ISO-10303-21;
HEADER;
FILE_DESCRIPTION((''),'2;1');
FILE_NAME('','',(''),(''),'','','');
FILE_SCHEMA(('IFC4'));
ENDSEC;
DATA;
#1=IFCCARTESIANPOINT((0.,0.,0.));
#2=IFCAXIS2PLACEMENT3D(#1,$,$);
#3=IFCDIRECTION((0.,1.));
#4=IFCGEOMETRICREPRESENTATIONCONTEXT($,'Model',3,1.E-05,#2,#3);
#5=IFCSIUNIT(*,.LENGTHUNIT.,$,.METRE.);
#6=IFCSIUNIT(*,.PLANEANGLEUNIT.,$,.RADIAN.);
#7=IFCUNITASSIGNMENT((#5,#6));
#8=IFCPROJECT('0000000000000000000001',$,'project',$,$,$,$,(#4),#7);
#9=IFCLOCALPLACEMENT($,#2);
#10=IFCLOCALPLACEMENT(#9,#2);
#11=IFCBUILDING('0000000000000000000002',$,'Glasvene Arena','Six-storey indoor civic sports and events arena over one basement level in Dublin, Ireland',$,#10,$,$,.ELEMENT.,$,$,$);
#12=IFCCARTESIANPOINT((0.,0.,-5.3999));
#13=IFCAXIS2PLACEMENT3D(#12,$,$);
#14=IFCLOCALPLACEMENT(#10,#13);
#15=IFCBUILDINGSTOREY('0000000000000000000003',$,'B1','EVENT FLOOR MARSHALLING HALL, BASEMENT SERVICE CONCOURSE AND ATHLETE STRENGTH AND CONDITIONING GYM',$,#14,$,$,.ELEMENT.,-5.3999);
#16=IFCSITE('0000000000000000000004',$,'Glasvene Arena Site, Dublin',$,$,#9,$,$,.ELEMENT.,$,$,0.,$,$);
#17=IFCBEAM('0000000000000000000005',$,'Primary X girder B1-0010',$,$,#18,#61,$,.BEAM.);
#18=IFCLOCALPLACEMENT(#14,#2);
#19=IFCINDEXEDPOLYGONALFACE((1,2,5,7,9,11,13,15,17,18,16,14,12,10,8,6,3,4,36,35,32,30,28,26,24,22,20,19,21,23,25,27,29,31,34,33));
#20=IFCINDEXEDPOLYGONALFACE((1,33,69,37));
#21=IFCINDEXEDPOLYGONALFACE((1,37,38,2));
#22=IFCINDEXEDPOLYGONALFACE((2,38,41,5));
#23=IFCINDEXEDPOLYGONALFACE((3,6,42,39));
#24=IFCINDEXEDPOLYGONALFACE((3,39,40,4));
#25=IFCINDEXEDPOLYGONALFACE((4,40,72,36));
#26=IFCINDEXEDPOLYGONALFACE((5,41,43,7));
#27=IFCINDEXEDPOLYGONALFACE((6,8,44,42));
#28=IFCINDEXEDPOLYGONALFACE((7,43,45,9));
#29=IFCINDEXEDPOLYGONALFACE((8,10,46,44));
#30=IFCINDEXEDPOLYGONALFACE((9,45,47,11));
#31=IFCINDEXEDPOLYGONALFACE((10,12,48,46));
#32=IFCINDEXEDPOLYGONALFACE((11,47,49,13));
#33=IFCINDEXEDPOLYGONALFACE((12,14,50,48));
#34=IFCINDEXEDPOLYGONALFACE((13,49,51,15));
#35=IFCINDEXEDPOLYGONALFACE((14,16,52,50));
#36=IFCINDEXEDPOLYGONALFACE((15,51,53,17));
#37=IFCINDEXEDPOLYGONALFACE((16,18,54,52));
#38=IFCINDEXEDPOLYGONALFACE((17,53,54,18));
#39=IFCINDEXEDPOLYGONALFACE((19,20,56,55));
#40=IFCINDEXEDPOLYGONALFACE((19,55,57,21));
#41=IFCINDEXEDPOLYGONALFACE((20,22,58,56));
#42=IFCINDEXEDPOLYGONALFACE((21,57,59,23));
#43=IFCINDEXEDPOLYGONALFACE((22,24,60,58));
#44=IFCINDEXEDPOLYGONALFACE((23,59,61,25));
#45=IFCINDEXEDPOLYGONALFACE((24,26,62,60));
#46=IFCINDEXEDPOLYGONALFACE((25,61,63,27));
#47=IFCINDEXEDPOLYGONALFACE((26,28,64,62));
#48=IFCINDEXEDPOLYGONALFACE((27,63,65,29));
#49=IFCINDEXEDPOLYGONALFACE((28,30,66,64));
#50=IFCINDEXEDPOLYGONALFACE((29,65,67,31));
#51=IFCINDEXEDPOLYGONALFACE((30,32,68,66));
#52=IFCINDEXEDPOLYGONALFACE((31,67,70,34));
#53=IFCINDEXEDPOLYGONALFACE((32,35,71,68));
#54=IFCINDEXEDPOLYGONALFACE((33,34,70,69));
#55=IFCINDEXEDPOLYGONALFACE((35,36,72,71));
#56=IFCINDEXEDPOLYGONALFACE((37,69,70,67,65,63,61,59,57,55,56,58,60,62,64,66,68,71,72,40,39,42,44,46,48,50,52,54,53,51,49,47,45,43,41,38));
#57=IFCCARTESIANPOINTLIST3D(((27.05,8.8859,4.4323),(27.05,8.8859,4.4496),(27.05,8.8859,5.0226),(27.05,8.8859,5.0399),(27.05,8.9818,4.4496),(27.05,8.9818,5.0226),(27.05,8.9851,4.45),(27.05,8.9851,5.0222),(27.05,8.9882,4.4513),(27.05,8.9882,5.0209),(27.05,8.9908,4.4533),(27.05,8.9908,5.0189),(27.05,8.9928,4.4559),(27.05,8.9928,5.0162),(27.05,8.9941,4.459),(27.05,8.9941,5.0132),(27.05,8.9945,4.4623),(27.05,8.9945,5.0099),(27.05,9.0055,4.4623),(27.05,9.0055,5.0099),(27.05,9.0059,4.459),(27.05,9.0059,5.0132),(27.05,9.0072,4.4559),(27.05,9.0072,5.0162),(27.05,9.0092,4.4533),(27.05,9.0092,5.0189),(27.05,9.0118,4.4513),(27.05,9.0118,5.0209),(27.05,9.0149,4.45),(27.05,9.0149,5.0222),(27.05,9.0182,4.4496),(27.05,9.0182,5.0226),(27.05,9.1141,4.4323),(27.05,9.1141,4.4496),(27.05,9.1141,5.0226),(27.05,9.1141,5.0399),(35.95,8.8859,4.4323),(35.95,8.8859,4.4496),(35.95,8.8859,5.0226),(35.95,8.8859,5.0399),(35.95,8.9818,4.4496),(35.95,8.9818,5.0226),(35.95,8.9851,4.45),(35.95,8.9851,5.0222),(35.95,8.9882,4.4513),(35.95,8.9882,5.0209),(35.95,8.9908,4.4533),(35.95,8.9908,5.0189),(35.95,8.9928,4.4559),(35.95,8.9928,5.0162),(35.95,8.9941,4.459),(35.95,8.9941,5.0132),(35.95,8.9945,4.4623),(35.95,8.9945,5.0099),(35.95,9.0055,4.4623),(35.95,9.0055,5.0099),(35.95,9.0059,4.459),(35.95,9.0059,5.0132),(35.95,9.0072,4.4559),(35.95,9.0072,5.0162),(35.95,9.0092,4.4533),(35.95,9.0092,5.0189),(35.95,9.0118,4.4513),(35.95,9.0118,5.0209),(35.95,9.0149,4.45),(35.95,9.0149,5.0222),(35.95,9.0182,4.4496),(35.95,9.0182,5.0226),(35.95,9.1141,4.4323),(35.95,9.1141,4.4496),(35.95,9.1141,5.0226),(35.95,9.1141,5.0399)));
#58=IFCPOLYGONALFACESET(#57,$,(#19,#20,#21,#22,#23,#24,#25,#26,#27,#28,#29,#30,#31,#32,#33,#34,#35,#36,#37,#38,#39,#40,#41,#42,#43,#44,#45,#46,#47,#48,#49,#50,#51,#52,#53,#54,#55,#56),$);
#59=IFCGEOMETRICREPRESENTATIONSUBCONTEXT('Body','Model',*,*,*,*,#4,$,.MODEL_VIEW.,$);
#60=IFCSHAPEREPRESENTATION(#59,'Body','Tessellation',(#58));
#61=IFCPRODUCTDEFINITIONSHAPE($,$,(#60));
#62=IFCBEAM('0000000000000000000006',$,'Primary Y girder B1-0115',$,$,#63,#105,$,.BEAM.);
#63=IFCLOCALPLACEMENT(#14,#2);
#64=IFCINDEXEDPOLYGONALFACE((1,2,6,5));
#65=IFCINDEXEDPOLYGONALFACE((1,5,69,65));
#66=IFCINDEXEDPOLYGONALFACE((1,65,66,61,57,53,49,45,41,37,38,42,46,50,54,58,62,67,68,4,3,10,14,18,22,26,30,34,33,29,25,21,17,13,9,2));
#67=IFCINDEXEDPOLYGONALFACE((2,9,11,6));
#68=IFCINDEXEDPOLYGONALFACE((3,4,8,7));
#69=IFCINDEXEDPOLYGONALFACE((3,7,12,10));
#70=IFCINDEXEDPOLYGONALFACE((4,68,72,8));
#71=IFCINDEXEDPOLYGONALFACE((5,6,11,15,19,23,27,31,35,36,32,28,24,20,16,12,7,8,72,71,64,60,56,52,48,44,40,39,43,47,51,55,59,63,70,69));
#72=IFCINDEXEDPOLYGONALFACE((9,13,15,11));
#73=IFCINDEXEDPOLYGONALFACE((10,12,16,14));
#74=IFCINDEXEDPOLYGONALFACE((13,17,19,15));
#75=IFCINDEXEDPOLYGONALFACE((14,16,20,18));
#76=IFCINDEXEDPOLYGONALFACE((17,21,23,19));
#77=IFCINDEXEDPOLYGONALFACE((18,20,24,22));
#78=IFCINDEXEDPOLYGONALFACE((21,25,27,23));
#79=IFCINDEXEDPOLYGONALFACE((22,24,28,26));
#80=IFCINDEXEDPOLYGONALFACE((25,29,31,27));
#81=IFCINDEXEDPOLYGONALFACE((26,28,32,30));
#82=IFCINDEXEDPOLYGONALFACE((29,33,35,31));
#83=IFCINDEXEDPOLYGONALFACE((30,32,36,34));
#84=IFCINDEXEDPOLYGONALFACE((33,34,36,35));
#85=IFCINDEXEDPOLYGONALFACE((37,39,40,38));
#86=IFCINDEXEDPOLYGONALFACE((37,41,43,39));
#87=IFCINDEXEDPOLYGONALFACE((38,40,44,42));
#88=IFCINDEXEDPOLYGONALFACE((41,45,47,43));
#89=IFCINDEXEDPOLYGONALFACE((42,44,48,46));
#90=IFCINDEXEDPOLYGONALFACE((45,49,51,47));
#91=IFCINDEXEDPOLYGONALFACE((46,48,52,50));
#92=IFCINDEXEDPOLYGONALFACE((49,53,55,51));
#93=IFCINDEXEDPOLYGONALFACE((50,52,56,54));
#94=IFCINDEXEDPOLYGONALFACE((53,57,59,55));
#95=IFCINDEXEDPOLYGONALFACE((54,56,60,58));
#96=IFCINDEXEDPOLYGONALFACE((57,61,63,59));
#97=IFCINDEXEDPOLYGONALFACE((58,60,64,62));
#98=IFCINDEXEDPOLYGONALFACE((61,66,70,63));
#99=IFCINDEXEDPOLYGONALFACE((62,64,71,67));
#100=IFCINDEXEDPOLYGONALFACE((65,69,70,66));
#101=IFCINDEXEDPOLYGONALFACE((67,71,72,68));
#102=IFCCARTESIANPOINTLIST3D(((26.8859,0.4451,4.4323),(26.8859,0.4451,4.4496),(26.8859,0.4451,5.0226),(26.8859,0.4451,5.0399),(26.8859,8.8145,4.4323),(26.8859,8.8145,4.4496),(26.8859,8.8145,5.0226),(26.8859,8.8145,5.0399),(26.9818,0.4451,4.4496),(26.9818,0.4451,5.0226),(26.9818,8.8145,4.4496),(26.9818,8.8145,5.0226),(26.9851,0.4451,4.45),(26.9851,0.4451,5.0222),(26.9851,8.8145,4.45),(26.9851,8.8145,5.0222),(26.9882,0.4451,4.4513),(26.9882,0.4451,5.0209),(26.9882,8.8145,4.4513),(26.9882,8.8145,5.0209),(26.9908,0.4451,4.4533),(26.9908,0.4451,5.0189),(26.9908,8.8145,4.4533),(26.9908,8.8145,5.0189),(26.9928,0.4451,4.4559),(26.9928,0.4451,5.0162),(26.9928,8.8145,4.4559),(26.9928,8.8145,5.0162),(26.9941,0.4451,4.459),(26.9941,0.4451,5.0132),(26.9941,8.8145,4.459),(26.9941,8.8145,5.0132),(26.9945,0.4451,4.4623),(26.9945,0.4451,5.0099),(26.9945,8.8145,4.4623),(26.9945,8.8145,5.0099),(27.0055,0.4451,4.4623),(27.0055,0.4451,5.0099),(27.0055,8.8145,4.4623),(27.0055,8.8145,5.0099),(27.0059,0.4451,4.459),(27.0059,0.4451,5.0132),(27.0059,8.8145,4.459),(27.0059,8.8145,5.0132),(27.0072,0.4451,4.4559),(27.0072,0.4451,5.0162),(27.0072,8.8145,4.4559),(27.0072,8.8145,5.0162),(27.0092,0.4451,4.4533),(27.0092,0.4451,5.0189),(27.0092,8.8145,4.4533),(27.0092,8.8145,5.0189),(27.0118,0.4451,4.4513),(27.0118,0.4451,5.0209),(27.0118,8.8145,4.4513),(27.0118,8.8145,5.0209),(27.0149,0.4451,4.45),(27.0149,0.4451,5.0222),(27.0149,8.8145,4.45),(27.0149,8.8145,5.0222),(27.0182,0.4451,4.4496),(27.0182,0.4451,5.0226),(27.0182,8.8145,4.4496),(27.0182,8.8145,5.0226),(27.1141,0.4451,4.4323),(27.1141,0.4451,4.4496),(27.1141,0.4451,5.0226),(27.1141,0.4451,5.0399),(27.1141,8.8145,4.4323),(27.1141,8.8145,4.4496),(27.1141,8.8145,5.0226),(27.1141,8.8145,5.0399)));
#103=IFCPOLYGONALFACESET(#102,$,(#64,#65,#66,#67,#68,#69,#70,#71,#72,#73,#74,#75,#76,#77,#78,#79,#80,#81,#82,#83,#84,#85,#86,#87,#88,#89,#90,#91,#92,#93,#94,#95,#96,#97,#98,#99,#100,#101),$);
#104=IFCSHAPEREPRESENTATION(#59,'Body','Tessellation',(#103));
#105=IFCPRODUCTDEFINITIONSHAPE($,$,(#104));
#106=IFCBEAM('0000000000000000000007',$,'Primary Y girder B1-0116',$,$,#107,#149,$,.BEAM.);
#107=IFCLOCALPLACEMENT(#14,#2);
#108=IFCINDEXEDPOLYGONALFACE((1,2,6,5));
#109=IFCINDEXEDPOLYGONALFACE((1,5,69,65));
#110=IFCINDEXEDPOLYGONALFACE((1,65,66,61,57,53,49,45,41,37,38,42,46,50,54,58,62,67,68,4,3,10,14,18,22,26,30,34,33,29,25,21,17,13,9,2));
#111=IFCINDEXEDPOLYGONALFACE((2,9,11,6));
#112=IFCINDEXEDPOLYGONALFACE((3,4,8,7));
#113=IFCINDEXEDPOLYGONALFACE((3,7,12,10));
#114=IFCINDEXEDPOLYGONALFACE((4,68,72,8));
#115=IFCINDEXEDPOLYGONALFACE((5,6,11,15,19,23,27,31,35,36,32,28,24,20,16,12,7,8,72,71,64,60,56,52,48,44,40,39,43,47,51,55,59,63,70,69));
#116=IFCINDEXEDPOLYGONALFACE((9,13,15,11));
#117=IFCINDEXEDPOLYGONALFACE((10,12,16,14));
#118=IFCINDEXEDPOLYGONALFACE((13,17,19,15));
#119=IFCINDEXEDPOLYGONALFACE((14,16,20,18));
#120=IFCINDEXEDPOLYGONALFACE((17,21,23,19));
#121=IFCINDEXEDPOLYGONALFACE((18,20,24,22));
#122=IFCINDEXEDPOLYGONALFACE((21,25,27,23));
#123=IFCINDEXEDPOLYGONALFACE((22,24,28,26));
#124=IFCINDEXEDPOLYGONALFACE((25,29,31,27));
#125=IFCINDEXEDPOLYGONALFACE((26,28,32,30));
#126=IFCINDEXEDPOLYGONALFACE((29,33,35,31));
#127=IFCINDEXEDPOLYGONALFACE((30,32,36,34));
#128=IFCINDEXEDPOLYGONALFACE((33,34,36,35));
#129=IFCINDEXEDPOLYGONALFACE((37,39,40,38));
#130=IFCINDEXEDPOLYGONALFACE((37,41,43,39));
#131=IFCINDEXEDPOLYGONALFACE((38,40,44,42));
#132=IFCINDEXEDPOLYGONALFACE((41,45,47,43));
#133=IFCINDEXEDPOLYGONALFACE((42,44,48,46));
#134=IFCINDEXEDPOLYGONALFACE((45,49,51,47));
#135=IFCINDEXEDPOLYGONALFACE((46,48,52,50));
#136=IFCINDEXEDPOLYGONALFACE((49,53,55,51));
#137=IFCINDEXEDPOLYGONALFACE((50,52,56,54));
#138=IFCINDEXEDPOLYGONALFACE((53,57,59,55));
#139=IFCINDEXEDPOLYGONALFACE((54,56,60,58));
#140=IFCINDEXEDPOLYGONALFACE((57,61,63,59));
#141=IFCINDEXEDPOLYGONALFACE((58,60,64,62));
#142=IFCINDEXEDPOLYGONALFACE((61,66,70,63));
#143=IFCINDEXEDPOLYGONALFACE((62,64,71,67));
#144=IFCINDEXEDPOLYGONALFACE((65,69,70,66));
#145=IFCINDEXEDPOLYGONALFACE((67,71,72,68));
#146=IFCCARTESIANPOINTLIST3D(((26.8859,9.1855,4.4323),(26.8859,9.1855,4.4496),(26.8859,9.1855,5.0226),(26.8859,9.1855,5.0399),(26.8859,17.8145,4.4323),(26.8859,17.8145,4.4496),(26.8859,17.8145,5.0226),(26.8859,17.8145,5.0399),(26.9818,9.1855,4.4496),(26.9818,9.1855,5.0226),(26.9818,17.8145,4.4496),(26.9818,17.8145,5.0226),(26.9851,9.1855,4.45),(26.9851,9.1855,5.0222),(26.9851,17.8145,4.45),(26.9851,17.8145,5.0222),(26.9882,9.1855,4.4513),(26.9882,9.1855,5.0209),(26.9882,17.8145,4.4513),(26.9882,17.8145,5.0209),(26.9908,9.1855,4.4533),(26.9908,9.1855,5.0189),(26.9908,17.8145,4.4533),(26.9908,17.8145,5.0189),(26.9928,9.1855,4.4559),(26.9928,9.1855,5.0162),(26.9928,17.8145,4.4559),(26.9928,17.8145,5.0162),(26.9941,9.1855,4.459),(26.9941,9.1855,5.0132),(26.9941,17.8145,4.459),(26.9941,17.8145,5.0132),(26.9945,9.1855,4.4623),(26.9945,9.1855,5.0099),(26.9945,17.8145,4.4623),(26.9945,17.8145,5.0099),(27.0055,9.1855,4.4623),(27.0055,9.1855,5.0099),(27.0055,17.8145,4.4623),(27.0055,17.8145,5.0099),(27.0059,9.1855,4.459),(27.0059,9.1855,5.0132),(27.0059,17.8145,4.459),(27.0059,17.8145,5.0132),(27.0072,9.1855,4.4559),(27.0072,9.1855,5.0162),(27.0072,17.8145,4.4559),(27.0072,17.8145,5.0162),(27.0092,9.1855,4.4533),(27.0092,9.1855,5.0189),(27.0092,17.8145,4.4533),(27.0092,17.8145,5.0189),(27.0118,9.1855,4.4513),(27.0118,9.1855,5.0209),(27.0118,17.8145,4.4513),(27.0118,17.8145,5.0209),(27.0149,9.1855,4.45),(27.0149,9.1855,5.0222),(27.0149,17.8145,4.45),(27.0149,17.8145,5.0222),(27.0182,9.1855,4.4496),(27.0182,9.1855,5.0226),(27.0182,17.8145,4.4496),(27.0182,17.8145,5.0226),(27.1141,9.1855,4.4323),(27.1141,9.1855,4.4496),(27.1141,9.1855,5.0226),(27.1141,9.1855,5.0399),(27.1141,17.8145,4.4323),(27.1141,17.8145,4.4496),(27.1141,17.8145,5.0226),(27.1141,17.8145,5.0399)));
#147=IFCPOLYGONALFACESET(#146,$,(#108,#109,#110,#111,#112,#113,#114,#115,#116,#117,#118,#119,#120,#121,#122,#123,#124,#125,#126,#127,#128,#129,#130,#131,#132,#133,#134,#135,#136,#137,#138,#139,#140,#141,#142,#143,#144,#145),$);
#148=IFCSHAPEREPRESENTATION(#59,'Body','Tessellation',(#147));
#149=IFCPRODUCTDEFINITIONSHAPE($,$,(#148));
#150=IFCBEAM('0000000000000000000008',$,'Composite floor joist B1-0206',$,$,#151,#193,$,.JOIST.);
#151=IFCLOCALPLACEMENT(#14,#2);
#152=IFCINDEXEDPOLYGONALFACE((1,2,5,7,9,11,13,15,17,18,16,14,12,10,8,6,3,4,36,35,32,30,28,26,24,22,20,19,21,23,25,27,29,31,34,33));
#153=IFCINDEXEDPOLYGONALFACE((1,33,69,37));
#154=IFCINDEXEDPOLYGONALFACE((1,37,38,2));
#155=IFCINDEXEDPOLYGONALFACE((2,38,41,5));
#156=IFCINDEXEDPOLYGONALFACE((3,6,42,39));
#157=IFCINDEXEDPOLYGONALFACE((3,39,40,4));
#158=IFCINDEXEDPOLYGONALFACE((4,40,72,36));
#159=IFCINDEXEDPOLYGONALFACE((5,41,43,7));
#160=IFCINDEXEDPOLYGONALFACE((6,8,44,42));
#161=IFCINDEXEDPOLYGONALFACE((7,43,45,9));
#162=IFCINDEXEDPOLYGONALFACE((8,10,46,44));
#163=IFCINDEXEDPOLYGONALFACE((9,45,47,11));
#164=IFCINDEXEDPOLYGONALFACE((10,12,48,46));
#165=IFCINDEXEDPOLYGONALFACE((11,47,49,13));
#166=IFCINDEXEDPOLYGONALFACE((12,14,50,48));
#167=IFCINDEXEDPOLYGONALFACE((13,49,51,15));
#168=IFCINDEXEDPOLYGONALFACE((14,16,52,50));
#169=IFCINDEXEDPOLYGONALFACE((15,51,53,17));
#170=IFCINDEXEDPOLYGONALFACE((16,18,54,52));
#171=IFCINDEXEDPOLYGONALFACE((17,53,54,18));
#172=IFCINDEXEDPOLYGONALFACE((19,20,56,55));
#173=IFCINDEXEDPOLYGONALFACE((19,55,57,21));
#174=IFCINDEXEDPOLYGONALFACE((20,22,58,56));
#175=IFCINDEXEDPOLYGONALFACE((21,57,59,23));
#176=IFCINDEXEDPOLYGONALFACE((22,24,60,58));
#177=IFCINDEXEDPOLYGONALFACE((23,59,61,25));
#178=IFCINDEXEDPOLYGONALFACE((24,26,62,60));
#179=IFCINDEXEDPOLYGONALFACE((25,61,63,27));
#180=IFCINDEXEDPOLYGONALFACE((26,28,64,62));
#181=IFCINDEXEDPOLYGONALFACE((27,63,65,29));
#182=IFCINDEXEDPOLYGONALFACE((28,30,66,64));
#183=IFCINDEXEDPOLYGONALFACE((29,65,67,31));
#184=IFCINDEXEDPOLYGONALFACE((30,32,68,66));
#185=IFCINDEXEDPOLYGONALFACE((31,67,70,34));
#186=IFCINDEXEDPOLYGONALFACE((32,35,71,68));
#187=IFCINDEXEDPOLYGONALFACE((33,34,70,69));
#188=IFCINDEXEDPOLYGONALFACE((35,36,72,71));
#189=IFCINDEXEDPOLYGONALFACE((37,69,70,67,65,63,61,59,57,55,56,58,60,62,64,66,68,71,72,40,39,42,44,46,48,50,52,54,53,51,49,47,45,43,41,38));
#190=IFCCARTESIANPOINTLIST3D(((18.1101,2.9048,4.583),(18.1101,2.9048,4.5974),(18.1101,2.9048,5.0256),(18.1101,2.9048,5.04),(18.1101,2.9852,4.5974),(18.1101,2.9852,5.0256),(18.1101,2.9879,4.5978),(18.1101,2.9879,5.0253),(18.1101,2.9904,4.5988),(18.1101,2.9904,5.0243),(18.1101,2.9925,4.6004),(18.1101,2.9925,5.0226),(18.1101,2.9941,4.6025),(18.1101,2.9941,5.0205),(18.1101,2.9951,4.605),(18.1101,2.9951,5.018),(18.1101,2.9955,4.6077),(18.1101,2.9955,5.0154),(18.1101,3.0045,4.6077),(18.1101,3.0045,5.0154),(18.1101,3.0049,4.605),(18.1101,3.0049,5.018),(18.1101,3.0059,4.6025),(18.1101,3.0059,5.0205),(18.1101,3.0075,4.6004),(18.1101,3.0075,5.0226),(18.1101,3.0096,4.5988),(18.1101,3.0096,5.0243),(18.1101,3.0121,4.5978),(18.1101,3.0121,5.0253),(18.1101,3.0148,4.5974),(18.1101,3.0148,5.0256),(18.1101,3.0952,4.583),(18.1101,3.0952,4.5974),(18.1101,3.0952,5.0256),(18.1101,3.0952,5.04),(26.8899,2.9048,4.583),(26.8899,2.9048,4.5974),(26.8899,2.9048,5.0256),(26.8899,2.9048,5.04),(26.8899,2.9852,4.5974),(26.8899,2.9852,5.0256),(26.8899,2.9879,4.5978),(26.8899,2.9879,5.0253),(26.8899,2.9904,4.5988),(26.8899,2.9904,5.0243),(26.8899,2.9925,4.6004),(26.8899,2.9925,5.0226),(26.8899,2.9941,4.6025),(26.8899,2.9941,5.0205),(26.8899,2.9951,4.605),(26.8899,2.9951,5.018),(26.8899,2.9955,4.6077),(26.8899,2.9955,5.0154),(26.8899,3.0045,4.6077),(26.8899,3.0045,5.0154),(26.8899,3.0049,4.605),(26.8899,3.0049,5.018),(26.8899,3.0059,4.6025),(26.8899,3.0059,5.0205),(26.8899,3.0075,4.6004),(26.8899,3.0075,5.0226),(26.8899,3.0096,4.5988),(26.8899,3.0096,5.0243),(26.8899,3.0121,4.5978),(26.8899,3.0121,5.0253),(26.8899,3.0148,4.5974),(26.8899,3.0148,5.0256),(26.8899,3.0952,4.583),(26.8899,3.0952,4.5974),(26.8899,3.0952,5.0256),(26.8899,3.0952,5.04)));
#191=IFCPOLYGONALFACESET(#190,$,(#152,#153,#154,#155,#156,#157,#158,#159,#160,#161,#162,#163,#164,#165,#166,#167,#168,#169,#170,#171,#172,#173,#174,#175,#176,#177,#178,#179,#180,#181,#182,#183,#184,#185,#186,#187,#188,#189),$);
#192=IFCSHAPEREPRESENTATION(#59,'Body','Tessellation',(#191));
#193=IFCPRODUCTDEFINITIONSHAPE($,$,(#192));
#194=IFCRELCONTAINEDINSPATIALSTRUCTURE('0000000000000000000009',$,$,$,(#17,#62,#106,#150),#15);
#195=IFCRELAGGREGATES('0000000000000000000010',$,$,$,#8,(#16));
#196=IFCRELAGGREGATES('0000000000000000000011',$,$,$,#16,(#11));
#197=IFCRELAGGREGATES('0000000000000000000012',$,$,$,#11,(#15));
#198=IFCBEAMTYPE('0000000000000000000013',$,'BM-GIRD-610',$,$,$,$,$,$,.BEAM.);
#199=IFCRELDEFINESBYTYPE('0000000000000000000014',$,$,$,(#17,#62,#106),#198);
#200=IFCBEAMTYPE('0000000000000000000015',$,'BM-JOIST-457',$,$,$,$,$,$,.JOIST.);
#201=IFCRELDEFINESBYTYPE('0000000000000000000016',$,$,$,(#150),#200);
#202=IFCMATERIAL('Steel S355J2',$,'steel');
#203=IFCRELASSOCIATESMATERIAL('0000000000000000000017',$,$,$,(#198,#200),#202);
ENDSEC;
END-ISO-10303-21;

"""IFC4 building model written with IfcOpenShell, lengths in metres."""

from ifc_helpers import new_model, si_unit, direction, frame, origin, origin_2d, place, context, subcontext, project, spatial, i_section, extrude, material, material_profile, profile_set, type_object, element, save


model = new_model("IFC4")

# Units and contexts
model_context = context("Model", 3, precision=1e-05, world=origin(), true_north=direction((0.0, 1.0)))
body_context = subcontext(model_context, "Body", "Model", "MODEL_VIEW")
ifc_project = project(units=[si_unit("LENGTHUNIT", "METRE"), si_unit("PLANEANGLEUNIT", "RADIAN")], contexts=[model_context])

# Site, building, storey
site_placement = place(None, origin())
site = spatial("IfcSite", under=ifc_project, at=site_placement, Name="Glasvene Arena Site, Dublin", CompositionType="ELEMENT", RefElevation=0.0)
building_placement = place(site_placement, origin())
building = spatial("IfcBuilding", under=site, at=building_placement, Name="Glasvene Arena", Description="Six-storey indoor civic sports and events arena over one basement level in Dublin, Ireland", CompositionType="ELEMENT")
storey_placement = place(building_placement, frame((0.0, 0.0, -5.3999)))
storey = spatial("IfcBuildingStorey", under=building, at=storey_placement, Name="B1", Description="EVENT FLOOR MARSHALLING HALL, BASEMENT SERVICE CONCOURSE AND ATHLETE STRENGTH AND CONDITIONING GYM", CompositionType="ELEMENT", Elevation=-5.3999)

# Shared definitions
ifc_material_1 = material(Name="Steel S355J2", Category="steel")

# Beams
ifc_material_profile_1 = material_profile(ifc_material_1, i_section(OverallWidth=0.2283, OverallDepth=0.6077, WebThickness=0.011, FlangeThickness=0.0173, FilletRadius=0.0127, at=origin_2d()), Name="UKB 610x229x113")
ifc_profile_set_1 = profile_set([ifc_material_profile_1], Name="Steel S355J2")
beam_type_1 = type_object("IfcBeamType", Name="BM-GIRD-610", PredefinedType="BEAM", material=ifc_profile_set_1)
for number, where, z_axis, x_axis, name in (
    (1, (27.05, 9.0, 4.7361), (1.0, 0.0, 0.0), (0.0, 1.0, 0.0), "Primary X girder B1-0010"),
):
    element("IfcBeam", number, at=place(storey_placement, frame(where, z_axis=z_axis, x_axis=x_axis)), inside=storey, type_object=beam_type_1, Name=name, PredefinedType="BEAM", context=body_context, shape_type="SweptSolid", body=[
        extrude(i_section(OverallWidth=0.2283, OverallDepth=0.6077, WebThickness=0.011, FlangeThickness=0.0173, FilletRadius=0.0127, at=origin_2d()), origin(), (0.0, 0.0, 1.0), 8.8999),
    ])
beam_1_placement = place(storey_placement, frame((27.0, 0.4451, 4.7361), z_axis=(0.0, 1.0, 0.0), x_axis=(-1.0, 0.0, 0.0)))
element("IfcBeam", 2, at=beam_1_placement, inside=storey, type_object=beam_type_1, Name="Primary Y girder B1-0115", PredefinedType="BEAM", context=body_context, shape_type="SweptSolid", body=[
    extrude(i_section(OverallWidth=0.2283, OverallDepth=0.6077, WebThickness=0.011, FlangeThickness=0.0173, FilletRadius=0.0127, at=origin_2d()), origin(), (0.0, 0.0, 1.0), 8.3694),
])
beam_2_placement = place(storey_placement, frame((27.0, 9.1855, 4.7361), z_axis=(0.0, 1.0, 0.0), x_axis=(-1.0, 0.0, 0.0)))
element("IfcBeam", 3, at=beam_2_placement, inside=storey, type_object=beam_type_1, Name="Primary Y girder B1-0116", PredefinedType="BEAM", context=body_context, shape_type="SweptSolid", body=[
    extrude(i_section(OverallWidth=0.2283, OverallDepth=0.6077, WebThickness=0.011, FlangeThickness=0.0173, FilletRadius=0.0127, at=origin_2d()), origin(), (0.0, 0.0, 1.0), 8.6289),
])
ifc_material_profile_2 = material_profile(ifc_material_1, i_section(OverallWidth=0.1904, OverallDepth=0.457, WebThickness=0.009, FlangeThickness=0.0144, FilletRadius=0.0103, at=origin_2d()), Name="UKB 457x191x74")
ifc_profile_set_2 = profile_set([ifc_material_profile_2], Name="Steel S355J2")
beam_type_2 = type_object("IfcBeamType", Name="BM-JOIST-457", PredefinedType="JOIST", material=ifc_profile_set_2)
for number, where, z_axis, x_axis, name in (
    (4, (18.1101, 3.0, 4.8115), (1.0, 0.0, 0.0), (0.0, 1.0, 0.0), "Composite floor joist B1-0206"),
):
    element("IfcBeam", number, at=place(storey_placement, frame(where, z_axis=z_axis, x_axis=x_axis)), inside=storey, type_object=beam_type_2, Name=name, PredefinedType="JOIST", context=body_context, shape_type="SweptSolid", body=[
        extrude(i_section(OverallWidth=0.1904, OverallDepth=0.457, WebThickness=0.009, FlangeThickness=0.0144, FilletRadius=0.0103, at=origin_2d()), origin(), (0.0, 0.0, 1.0), 8.7798),
    ])

save(model, "model.ifc")
